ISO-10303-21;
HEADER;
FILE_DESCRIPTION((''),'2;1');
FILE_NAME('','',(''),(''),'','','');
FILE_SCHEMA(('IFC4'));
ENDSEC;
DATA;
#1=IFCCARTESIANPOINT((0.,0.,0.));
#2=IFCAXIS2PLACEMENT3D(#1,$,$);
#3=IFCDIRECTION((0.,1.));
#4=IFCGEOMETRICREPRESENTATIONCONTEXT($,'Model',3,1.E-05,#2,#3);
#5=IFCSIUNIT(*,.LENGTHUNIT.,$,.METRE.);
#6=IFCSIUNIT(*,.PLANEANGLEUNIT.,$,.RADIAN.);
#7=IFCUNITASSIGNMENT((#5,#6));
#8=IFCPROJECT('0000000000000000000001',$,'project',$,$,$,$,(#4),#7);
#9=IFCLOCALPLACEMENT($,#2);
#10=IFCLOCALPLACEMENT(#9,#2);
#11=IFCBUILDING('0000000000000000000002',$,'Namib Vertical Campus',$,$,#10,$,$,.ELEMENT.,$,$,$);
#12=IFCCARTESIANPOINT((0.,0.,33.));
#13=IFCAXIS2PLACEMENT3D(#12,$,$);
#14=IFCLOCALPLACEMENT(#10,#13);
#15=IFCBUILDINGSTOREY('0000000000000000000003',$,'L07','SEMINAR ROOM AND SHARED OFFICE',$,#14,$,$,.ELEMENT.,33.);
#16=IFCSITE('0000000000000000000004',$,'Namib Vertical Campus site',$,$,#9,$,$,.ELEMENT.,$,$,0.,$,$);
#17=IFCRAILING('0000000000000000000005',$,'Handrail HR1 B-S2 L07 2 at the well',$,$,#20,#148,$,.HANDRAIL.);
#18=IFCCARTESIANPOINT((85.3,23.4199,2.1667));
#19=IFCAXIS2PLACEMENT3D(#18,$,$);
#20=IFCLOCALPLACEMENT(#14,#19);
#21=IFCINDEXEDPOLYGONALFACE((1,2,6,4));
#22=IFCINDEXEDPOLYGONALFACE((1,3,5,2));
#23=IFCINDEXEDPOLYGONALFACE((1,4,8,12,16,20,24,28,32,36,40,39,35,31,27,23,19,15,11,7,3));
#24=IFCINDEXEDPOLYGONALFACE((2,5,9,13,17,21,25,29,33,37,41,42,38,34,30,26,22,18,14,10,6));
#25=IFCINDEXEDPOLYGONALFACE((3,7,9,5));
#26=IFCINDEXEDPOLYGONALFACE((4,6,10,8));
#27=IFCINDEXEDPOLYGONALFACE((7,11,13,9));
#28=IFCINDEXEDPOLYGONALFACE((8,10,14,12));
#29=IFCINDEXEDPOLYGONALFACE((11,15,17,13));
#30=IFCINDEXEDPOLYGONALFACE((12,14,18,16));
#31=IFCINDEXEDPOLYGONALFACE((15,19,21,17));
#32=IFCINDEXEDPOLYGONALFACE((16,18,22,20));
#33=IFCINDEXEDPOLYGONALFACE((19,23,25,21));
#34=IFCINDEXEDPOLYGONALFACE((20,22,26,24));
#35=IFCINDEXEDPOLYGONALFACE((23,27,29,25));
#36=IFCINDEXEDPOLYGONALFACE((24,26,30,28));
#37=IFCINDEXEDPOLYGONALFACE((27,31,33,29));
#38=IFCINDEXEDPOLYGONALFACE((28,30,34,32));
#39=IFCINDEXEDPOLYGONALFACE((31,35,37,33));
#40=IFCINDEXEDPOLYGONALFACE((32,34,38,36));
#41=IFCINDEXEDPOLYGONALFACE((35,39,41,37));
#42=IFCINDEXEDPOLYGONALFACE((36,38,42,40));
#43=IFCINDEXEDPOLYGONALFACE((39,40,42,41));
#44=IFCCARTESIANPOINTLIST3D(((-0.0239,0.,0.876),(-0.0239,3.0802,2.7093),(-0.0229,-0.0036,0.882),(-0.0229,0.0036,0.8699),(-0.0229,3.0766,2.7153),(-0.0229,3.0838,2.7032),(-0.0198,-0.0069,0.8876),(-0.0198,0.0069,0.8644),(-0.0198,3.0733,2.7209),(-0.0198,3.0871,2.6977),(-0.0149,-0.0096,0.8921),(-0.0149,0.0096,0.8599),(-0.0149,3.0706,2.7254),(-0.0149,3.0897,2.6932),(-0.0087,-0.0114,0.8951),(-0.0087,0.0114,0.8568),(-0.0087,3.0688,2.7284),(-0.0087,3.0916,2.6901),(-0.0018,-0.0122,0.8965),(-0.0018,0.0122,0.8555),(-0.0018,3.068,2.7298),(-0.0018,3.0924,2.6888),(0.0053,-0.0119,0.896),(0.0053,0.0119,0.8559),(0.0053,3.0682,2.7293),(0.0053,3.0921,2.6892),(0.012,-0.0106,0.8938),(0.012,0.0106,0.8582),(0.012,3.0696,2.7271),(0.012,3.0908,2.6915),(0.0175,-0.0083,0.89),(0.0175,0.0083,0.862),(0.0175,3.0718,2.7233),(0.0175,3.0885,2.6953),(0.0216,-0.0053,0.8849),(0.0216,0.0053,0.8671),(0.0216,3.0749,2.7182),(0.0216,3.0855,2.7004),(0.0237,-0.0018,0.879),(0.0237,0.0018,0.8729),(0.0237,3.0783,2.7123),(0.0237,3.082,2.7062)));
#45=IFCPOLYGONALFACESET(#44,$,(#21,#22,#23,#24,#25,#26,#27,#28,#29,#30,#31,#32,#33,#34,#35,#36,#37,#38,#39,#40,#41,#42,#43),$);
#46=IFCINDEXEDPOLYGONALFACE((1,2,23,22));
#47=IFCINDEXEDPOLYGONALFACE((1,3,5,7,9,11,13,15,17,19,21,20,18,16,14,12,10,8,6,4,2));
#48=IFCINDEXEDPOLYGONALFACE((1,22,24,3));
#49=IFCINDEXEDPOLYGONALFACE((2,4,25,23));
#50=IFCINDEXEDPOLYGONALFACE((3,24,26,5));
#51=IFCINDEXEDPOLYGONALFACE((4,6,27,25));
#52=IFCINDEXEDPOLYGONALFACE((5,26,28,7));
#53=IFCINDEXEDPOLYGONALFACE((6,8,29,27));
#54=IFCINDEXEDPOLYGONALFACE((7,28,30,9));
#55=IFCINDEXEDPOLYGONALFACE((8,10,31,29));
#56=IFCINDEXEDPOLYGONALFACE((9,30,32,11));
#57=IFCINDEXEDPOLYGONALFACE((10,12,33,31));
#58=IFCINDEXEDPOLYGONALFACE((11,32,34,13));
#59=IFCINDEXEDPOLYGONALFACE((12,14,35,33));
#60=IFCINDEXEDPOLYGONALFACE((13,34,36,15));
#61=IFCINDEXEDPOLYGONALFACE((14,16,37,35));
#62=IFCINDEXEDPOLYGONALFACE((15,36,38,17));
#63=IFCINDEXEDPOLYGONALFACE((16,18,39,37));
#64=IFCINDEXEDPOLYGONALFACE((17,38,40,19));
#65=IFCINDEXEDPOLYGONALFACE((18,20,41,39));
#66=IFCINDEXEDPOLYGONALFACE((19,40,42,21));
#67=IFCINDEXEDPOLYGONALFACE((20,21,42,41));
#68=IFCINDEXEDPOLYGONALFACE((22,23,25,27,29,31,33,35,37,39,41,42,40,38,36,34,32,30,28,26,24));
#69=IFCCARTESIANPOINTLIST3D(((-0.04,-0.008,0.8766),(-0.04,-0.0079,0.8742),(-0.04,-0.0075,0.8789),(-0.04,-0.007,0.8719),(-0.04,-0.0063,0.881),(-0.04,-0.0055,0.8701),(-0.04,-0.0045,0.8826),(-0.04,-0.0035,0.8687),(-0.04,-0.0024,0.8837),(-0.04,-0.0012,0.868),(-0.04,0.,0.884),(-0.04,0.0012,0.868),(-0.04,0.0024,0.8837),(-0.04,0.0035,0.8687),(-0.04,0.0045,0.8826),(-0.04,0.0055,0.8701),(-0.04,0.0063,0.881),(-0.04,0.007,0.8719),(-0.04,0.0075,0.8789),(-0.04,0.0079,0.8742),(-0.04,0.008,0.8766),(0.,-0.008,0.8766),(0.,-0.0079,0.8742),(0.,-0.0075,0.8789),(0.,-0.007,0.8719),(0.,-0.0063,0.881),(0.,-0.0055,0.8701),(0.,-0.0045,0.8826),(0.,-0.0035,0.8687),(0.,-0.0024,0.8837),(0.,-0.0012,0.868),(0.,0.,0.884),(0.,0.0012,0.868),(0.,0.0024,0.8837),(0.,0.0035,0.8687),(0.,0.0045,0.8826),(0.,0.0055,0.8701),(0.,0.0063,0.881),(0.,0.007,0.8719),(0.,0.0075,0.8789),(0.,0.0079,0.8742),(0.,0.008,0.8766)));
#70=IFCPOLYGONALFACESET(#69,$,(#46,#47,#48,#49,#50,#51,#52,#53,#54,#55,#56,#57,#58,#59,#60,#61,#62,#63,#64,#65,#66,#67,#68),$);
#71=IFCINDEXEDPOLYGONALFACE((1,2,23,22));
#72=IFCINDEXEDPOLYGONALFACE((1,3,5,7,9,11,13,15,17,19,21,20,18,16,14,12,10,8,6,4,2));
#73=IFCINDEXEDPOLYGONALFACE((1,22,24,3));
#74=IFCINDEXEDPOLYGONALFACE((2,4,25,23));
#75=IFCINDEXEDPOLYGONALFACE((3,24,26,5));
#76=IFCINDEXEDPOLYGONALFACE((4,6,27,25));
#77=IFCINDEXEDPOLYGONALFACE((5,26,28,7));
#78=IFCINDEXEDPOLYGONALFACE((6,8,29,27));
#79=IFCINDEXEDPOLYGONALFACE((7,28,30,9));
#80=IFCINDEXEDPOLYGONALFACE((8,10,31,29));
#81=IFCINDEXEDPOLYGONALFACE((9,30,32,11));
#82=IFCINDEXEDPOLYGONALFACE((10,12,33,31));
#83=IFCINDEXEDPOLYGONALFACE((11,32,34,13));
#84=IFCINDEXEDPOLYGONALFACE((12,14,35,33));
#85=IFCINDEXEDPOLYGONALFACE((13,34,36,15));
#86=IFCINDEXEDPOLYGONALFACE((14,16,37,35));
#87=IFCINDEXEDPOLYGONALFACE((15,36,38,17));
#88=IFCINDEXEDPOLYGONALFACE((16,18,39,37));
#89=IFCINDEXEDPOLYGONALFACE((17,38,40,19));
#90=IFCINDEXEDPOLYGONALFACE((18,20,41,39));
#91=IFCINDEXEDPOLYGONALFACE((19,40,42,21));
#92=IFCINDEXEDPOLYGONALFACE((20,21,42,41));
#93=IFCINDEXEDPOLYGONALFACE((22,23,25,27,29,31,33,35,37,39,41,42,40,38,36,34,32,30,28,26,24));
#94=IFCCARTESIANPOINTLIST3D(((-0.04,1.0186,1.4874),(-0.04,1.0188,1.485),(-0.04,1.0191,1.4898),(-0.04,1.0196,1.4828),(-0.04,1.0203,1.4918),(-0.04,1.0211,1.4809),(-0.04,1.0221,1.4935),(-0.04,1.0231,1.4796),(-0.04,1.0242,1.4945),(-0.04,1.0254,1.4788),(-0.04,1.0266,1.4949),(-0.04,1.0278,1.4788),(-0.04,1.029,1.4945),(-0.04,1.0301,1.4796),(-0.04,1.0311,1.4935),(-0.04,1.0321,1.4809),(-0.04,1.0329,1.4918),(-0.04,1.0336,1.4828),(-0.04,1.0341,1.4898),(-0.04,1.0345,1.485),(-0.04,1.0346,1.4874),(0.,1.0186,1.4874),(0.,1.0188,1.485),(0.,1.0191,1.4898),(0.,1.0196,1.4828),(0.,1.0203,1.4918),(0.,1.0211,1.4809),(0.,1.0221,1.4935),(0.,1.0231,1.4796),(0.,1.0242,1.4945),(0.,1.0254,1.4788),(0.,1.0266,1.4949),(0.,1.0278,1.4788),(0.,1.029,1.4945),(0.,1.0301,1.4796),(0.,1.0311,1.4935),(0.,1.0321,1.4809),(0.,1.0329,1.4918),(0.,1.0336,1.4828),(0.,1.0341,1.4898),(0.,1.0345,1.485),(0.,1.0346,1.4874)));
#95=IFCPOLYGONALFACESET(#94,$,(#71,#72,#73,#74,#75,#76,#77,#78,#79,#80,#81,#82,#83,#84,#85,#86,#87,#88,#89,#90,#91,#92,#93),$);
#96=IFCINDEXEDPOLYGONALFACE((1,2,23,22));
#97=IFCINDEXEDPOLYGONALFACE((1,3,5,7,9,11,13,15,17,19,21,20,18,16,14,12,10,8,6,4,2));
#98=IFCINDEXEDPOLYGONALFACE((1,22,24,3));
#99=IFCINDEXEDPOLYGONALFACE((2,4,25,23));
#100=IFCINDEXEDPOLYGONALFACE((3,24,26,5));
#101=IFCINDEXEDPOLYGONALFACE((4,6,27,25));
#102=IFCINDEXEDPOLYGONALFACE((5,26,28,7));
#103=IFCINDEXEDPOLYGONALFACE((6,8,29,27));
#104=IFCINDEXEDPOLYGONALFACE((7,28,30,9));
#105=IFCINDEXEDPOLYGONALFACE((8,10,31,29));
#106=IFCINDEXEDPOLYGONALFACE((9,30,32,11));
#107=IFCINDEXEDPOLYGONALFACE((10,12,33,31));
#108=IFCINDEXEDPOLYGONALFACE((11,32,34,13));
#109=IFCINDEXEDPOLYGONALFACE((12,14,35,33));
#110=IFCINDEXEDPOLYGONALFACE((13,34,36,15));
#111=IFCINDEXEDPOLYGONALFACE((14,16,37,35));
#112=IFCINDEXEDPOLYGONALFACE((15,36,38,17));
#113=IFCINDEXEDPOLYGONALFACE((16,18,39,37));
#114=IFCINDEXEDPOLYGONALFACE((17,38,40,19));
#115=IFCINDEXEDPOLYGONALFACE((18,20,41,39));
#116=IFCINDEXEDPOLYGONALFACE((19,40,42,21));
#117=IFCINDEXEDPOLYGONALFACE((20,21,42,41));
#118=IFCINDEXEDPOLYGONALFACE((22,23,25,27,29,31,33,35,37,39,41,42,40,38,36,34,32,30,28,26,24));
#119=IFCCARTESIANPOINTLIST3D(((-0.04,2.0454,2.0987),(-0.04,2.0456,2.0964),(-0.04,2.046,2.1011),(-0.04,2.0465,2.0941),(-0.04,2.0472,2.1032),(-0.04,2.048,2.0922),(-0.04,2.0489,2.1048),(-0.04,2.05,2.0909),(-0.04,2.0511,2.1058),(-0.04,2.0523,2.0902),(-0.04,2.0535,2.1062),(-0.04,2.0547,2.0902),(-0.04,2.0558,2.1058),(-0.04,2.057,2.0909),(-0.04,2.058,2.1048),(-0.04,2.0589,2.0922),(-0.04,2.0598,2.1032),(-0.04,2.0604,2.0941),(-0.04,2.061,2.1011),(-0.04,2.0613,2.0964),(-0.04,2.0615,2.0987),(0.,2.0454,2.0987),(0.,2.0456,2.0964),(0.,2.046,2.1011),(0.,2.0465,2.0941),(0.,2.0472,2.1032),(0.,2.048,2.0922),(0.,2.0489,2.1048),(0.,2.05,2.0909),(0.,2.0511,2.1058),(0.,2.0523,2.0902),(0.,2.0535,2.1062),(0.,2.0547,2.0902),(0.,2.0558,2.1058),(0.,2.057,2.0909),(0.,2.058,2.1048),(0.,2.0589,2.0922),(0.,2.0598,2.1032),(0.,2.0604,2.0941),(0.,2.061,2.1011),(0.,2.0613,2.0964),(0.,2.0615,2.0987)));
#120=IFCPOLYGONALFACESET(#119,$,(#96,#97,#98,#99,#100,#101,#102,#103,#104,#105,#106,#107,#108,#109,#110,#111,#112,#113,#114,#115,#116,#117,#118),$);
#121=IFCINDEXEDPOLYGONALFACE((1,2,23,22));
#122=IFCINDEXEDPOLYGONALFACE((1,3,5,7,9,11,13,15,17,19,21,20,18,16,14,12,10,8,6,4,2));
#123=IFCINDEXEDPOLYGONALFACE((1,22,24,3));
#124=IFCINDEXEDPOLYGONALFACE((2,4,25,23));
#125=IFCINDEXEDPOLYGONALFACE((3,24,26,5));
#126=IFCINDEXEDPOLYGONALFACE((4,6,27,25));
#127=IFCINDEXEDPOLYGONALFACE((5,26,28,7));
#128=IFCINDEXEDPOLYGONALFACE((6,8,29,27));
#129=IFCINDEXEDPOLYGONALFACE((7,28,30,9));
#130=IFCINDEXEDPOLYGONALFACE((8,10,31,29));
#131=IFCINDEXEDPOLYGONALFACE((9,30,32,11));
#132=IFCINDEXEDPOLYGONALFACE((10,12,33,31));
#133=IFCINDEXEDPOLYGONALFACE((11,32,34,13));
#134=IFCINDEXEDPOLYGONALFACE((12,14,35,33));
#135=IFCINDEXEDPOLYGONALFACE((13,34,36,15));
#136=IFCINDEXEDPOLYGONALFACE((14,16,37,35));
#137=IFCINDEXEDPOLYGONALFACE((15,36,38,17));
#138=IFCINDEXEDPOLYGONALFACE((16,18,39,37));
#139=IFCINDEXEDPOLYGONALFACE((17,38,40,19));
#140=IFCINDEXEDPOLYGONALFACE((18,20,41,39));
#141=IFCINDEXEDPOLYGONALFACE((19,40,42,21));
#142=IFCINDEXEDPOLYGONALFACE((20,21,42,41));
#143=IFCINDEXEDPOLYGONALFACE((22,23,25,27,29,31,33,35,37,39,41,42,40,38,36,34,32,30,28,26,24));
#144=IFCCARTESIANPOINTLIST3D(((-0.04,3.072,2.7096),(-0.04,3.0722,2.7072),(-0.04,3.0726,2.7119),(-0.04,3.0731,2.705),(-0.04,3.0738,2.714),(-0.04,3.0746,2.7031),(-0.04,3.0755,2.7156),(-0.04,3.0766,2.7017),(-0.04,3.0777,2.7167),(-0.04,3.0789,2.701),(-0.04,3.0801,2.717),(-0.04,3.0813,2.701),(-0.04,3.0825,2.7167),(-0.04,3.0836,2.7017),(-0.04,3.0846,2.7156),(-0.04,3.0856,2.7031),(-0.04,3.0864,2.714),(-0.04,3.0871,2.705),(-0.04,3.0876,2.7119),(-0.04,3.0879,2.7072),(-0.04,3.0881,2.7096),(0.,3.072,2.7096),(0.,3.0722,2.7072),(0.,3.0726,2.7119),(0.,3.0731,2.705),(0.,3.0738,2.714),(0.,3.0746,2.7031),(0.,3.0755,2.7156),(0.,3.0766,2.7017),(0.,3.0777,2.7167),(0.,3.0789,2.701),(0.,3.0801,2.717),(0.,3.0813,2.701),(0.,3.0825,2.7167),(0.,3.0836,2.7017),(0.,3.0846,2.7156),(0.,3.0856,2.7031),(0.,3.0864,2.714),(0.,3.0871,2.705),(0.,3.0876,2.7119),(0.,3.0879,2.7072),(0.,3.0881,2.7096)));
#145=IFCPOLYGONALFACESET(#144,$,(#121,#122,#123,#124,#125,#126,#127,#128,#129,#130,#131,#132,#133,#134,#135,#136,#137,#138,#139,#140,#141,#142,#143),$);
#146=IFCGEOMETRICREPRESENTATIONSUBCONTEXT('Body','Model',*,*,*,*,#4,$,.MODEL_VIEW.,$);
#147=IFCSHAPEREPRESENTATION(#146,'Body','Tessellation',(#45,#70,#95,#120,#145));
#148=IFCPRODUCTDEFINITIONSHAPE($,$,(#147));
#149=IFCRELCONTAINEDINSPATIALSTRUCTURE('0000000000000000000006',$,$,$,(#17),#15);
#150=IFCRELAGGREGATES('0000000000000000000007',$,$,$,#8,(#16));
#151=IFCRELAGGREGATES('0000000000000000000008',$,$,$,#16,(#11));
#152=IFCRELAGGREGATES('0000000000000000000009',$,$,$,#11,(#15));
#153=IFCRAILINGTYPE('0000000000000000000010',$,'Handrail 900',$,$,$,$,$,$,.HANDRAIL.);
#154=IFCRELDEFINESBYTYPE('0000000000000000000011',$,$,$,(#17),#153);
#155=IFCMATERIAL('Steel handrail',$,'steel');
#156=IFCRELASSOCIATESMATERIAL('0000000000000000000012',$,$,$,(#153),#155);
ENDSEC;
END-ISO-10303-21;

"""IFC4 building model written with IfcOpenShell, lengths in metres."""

from ifc_helpers import new_model, si_unit, direction, frame, origin, origin_2d, place, context, subcontext, project, spatial, circle, extrude, material, type_object, element, save


model = new_model("IFC4")

# Units and contexts
model_context = context("Model", 3, precision=1e-05, world=origin(), true_north=direction((0.0, 1.0)))
body_context = subcontext(model_context, "Body", "Model", "MODEL_VIEW")
ifc_project = project(units=[si_unit("LENGTHUNIT", "METRE"), si_unit("PLANEANGLEUNIT", "RADIAN")], contexts=[model_context])

# Site, building, storey
site_placement = place(None, origin())
site = spatial("IfcSite", under=ifc_project, at=site_placement, Name="Namib Vertical Campus site", CompositionType="ELEMENT", RefElevation=0.0)
building_placement = place(site_placement, origin())
building = spatial("IfcBuilding", under=site, at=building_placement, Name="Namib Vertical Campus", CompositionType="ELEMENT")
storey_placement = place(building_placement, frame((0.0, 0.0, 33.0)))
storey = spatial("IfcBuildingStorey", under=building, at=storey_placement, Name="L07", Description="SEMINAR ROOM AND SHARED OFFICE", CompositionType="ELEMENT", Elevation=33.0)

# Railing
ifc_material_1 = material(Name="Steel handrail", Category="steel")
railing_type_1 = type_object("IfcRailingType", Name="Handrail 900", PredefinedType="HANDRAIL", material=ifc_material_1)
railing_1_placement = place(storey_placement, frame((85.3, 23.4199, 2.1667)))
element("IfcRailing", 1, at=railing_1_placement, inside=storey, type_object=railing_type_1, Name="Handrail HR1 B-S2 L07 2 at the well", PredefinedType="HANDRAIL", context=body_context, shape_type="SweptSolid", body=[
    extrude(circle(Radius=0.0239, at=origin_2d()), frame((0.0, 0.0, 0.876), z_axis=(0.0, 0.859309, 0.511458), x_axis=(-1.0, 0.0, 0.0)), (0.0, 0.0, 1.0), 3.5845),
    extrude(circle(Radius=0.0081, at=origin_2d()), frame((0.0, 0.0, 0.876), z_axis=(-1.0, 0.0, 0.0), x_axis=(0.0, 0.0, 1.0)), (0.0, 0.0, 1.0), 0.04),
    extrude(circle(Radius=0.0081, at=origin_2d()), frame((0.0, 1.0266, 1.4868), z_axis=(-1.0, 0.0, 0.0), x_axis=(0.0, 0.0, 1.0)), (0.0, 0.0, 1.0), 0.04),
    extrude(circle(Radius=0.0081, at=origin_2d()), frame((0.0, 2.0535, 2.0981), z_axis=(-1.0, 0.0, 0.0), x_axis=(0.0, 0.0, 1.0)), (0.0, 0.0, 1.0), 0.04),
    extrude(circle(Radius=0.0081, at=origin_2d()), frame((0.0, 3.0801, 2.709), z_axis=(-1.0, 0.0, 0.0), x_axis=(0.0, 0.0, 1.0)), (0.0, 0.0, 1.0), 0.04),
])

save(model, "model.ifc")
